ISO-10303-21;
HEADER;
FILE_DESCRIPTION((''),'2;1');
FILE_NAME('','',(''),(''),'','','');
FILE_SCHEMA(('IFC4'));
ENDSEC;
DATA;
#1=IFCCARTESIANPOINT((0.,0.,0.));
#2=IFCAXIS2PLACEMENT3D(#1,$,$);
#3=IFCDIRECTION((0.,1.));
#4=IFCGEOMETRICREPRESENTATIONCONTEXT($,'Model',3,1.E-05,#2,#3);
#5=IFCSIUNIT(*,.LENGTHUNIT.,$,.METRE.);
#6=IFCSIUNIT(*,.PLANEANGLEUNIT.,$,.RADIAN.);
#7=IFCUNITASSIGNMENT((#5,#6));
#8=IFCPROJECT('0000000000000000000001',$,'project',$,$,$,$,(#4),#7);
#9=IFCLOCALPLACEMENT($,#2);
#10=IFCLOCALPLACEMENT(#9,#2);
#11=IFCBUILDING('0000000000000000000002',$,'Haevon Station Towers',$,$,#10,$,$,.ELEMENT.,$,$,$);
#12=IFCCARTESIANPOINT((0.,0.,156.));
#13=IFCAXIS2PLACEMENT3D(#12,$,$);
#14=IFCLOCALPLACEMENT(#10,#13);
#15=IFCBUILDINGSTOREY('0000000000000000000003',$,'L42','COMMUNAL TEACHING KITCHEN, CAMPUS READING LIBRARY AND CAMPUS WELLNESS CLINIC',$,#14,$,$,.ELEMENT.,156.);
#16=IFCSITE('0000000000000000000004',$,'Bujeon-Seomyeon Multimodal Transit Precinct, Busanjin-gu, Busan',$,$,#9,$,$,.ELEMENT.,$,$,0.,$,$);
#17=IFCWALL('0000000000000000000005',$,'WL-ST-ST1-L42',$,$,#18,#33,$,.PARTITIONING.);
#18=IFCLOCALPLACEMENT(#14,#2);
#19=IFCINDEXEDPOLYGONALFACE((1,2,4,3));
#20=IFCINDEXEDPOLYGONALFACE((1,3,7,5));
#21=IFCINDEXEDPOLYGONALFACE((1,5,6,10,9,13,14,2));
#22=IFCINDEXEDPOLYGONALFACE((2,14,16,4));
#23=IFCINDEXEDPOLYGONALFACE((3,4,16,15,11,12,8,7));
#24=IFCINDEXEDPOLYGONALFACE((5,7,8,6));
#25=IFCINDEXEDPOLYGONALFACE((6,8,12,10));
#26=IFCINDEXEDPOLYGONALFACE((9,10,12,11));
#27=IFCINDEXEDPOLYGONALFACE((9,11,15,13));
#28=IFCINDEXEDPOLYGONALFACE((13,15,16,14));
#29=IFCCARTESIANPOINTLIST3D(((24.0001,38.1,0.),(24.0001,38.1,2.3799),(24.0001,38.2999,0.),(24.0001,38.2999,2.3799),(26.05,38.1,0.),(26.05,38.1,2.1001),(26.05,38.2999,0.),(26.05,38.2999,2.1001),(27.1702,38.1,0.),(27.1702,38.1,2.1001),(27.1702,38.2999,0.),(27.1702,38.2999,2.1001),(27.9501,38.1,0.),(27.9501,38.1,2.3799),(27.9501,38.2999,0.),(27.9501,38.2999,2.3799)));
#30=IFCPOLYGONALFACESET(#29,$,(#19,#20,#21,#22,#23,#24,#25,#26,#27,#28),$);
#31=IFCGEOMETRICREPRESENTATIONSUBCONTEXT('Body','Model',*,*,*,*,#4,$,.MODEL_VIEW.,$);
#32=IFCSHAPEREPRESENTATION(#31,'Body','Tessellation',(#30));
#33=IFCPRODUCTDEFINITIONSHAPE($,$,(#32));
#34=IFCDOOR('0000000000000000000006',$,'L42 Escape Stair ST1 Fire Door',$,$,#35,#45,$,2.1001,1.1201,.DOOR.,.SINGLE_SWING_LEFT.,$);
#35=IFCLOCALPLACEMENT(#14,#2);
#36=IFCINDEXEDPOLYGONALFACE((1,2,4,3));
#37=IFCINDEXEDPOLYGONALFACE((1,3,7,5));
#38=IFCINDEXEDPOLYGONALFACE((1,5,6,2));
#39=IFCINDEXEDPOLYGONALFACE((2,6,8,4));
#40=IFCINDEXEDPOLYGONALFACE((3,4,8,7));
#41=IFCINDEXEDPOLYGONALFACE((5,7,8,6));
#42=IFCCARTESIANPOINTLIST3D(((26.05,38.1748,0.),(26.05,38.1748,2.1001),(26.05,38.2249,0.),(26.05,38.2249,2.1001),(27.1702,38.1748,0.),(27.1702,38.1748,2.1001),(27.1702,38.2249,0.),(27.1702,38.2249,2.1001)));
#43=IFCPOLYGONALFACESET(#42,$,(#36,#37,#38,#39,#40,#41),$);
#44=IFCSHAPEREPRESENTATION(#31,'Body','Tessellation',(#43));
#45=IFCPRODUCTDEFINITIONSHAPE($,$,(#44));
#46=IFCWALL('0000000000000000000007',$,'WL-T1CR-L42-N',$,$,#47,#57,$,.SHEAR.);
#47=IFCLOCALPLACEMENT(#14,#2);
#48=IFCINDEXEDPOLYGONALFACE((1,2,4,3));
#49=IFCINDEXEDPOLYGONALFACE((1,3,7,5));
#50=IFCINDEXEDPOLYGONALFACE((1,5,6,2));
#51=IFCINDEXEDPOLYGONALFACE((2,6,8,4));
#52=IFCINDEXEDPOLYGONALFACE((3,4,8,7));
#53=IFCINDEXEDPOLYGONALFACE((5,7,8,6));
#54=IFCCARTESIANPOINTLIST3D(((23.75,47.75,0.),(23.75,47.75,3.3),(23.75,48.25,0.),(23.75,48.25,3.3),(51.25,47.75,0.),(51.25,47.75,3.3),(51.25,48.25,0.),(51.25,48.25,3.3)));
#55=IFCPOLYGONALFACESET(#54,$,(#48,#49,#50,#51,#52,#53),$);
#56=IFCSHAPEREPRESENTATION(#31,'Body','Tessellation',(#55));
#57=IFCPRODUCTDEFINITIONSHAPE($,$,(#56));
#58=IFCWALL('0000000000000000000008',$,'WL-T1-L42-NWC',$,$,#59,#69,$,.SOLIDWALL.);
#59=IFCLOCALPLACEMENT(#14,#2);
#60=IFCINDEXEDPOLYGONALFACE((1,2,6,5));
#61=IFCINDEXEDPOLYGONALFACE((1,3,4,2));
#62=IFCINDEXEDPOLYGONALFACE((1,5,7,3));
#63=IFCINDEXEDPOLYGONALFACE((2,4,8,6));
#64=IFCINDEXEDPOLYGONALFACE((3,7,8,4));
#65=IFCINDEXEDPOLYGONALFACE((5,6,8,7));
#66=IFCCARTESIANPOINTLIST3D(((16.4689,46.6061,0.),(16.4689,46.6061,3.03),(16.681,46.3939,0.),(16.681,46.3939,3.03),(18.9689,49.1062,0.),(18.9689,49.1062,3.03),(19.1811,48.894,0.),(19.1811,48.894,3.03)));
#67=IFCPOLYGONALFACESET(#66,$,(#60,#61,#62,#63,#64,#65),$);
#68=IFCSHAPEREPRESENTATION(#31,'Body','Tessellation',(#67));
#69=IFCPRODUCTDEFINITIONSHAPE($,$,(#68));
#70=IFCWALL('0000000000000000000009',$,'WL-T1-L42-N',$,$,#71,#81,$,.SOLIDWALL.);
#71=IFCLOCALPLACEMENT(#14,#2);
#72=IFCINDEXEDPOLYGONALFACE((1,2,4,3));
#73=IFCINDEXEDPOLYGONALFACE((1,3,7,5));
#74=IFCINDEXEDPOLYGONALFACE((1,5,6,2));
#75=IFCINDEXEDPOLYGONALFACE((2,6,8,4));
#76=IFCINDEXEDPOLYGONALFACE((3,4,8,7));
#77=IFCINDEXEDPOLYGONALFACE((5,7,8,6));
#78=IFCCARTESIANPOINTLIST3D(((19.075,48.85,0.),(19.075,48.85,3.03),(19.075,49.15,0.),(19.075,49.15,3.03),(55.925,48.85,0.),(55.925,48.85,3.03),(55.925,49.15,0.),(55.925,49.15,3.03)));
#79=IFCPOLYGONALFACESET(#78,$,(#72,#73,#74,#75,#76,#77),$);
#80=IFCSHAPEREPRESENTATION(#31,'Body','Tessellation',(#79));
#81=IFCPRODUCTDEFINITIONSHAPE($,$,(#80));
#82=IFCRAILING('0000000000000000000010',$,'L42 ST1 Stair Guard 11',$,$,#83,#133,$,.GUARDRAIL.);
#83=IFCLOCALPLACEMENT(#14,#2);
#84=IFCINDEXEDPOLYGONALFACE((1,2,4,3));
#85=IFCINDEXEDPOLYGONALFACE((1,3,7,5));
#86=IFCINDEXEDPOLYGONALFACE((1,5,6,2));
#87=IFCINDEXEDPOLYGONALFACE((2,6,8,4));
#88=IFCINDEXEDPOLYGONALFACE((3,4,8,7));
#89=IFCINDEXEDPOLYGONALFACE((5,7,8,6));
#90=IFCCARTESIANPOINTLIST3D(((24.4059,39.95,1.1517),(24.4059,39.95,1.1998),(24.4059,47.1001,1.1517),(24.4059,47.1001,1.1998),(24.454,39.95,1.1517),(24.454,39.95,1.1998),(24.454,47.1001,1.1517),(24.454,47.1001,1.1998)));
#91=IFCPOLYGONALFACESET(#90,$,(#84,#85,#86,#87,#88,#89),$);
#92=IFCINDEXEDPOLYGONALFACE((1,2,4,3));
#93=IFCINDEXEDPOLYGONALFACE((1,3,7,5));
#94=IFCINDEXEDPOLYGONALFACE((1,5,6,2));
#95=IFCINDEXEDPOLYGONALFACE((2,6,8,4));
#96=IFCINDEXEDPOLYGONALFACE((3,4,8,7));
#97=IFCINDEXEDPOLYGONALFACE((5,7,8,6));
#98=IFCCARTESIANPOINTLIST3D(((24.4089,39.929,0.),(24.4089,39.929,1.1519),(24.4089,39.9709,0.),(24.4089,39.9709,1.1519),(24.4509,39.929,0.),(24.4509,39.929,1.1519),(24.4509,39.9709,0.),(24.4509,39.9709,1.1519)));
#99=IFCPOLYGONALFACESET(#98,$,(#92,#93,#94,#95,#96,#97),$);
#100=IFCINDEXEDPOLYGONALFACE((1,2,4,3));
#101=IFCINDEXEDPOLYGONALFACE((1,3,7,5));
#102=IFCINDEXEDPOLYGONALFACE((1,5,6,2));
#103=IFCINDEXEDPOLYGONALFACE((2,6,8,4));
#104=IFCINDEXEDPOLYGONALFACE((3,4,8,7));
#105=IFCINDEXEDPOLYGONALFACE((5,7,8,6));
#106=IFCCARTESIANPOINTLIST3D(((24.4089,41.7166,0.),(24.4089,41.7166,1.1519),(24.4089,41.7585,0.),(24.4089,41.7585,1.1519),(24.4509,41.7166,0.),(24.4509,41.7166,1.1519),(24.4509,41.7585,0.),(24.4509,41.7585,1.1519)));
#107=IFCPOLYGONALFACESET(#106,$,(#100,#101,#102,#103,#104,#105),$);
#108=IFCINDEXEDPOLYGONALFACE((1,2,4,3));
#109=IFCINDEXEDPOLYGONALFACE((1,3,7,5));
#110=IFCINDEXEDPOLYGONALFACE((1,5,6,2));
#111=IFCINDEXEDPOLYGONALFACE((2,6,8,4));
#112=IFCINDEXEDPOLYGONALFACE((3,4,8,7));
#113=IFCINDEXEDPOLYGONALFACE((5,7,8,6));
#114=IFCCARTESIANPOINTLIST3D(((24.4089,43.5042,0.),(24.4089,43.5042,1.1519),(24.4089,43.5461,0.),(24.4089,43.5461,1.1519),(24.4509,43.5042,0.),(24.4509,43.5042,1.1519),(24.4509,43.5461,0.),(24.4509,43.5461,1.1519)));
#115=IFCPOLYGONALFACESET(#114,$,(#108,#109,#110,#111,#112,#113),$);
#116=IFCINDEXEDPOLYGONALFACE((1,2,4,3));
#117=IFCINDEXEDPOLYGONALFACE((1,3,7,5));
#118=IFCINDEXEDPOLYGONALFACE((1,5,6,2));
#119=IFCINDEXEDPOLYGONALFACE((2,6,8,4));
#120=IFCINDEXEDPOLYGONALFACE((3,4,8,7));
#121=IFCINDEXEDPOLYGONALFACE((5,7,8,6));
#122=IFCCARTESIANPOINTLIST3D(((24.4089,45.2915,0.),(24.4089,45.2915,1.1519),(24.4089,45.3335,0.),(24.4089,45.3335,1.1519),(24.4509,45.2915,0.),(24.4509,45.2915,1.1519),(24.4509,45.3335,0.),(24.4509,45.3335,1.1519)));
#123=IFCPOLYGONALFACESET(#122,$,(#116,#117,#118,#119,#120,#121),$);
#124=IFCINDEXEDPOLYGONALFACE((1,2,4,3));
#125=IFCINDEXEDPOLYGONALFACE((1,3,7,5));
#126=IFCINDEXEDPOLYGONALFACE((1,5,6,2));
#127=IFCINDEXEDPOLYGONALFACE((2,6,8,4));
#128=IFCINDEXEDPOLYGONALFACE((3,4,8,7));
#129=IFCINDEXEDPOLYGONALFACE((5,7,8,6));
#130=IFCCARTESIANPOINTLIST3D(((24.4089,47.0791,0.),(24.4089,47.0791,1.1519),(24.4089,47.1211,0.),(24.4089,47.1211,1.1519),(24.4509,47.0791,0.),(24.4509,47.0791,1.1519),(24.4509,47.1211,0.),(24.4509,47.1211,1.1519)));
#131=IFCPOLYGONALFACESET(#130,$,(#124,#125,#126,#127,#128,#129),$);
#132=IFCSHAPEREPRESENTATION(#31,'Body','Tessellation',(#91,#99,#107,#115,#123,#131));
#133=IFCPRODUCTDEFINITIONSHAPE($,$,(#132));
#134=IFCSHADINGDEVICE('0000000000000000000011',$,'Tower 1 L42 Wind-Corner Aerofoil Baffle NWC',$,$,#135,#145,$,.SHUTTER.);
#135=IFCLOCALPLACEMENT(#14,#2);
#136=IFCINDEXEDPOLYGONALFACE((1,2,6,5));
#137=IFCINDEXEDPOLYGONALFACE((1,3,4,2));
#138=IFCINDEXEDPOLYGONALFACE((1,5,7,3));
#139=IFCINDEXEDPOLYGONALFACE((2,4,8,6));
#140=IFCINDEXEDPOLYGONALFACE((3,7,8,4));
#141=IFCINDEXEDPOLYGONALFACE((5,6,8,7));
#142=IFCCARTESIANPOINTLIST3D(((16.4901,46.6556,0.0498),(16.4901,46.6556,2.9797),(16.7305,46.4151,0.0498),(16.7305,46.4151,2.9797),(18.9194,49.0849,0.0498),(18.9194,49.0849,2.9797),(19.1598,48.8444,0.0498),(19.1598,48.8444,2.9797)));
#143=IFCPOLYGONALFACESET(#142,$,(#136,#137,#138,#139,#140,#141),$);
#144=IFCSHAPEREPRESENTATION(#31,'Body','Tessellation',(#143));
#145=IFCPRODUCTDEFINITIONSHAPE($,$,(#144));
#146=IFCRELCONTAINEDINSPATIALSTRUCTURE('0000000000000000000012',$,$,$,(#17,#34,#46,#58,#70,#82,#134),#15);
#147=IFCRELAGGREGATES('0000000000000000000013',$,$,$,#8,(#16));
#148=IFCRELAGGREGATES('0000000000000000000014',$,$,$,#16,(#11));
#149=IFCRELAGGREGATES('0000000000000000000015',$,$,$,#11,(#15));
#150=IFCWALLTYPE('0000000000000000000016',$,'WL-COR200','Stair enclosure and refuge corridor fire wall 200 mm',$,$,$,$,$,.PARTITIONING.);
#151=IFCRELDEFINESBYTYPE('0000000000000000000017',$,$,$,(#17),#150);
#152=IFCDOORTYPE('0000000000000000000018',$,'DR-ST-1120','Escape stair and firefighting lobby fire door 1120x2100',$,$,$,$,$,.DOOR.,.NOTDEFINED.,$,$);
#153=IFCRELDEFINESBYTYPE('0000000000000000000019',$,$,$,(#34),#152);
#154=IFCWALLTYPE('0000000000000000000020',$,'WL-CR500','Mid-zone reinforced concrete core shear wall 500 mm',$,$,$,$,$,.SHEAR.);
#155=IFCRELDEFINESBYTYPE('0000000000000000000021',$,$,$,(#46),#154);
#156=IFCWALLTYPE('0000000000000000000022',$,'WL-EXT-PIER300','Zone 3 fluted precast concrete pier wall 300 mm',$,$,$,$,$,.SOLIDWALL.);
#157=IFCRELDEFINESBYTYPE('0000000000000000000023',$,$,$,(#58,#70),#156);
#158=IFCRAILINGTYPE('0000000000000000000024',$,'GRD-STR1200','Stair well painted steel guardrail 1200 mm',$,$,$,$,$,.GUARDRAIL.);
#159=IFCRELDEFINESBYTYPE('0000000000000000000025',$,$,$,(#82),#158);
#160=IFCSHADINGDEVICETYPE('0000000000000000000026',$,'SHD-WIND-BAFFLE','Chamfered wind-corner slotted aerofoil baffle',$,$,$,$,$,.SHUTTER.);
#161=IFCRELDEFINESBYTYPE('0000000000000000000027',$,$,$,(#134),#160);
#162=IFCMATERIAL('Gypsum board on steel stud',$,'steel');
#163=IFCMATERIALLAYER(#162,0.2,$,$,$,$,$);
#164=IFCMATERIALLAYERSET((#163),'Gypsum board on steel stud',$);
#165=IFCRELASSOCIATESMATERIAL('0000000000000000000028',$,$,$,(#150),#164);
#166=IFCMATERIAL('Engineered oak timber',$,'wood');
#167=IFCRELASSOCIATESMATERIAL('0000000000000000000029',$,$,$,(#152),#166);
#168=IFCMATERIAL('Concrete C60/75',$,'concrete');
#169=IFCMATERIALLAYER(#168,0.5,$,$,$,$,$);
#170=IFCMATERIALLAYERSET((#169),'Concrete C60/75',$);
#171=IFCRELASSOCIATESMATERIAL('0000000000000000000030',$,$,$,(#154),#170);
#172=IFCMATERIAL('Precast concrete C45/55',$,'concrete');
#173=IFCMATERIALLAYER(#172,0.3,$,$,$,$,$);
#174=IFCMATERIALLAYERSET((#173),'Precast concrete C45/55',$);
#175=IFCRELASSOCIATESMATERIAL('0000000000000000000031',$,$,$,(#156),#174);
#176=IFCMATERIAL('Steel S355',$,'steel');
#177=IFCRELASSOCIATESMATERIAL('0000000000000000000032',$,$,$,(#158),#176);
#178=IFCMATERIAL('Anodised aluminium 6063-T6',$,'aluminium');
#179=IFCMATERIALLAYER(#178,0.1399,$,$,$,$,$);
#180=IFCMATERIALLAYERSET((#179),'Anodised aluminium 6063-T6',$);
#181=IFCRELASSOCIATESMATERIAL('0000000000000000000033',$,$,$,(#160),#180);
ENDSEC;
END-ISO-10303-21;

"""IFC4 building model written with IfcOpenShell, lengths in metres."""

from ifc_helpers import new_model, si_unit, direction, frame, frame_2d, origin, origin_2d, place, context, subcontext, project, spatial, rectangle, extrude, material, layer, layer_set, type_object, element, fill, save


model = new_model("IFC4")

# Units and contexts
model_context = context("Model", 3, precision=1e-05, world=origin(), true_north=direction((0.0, 1.0)))
body_context = subcontext(model_context, "Body", "Model", "MODEL_VIEW")
ifc_project = project(units=[si_unit("LENGTHUNIT", "METRE"), si_unit("PLANEANGLEUNIT", "RADIAN")], contexts=[model_context])

# Site, building, storey
site_placement = place(None, origin())
site = spatial("IfcSite", under=ifc_project, at=site_placement, Name="Bujeon-Seomyeon Multimodal Transit Precinct, Busanjin-gu, Busan", CompositionType="ELEMENT", RefElevation=0.0)
building_placement = place(site_placement, origin())
building = spatial("IfcBuilding", under=site, at=building_placement, Name="Haevon Station Towers", CompositionType="ELEMENT")
storey_placement = place(building_placement, frame((0.0, 0.0, 156.0)))
storey = spatial("IfcBuildingStorey", under=building, at=storey_placement, Name="L42", Description="COMMUNAL TEACHING KITCHEN, CAMPUS READING LIBRARY AND CAMPUS WELLNESS CLINIC", CompositionType="ELEMENT", Elevation=156.0)

# Shared definitions
ifc_material_1 = material(Name="Steel S355", Category="steel")

# Wall, opening, door
ifc_material_2 = material(Name="Gypsum board on steel stud", Category="steel")
ifc_layer_1 = layer(ifc_material_2, 0.2)
ifc_layer_set_1 = layer_set([ifc_layer_1], Name="Gypsum board on steel stud")
wall_type_1 = type_object("IfcWallType", Name="WL-COR200", Description="Stair enclosure and refuge corridor fire wall 200 mm", PredefinedType="PARTITIONING", material=ifc_layer_set_1)
wall_1_placement = place(storey_placement, frame((24.0, 38.2, 0.0), z_axis=(0.0, 0.0, 1.0), x_axis=(1.0, 0.0, 0.0)))
wall_1 = element("IfcWall", 1, at=wall_1_placement, inside=storey, type_object=wall_type_1, Name="WL-ST-ST1-L42", PredefinedType="PARTITIONING", context=body_context, shape_type="SweptSolid", body=[
    extrude(rectangle(XDim=3.95, YDim=0.2, at=frame_2d((1.9751, 0.0))), origin(), (0.0, 0.0, 1.0), 2.3799),
])
opening_placement = place(wall_1_placement, frame((2.05, 0.0, 0.0)))
opening = element("IfcOpeningElement", 2, at=opening_placement, cuts=wall_1, PredefinedType="OPENING", context=body_context, shape_type="SweptSolid", body=[
    extrude(rectangle(XDim=1.1201, YDim=2.1001, at=frame_2d((0.5601, 1.05))), frame((0.0, 0.1099, 0.0), z_axis=(0.0, -1.0, 0.0), x_axis=(1.0, 0.0, 0.0)), (0.0, 0.0, 1.0), 0.22),
])
ifc_material_3 = material(Name="Engineered oak timber", Category="wood")
door_type = type_object("IfcDoorType", Name="DR-ST-1120", Description="Escape stair and firefighting lobby fire door 1120x2100", OperationType="NOTDEFINED", PredefinedType="DOOR", material=ifc_material_3)
door_placement = place(opening_placement, origin())
door = element("IfcDoor", 3, at=door_placement, inside=storey, type_object=door_type, Name="L42 Escape Stair ST1 Fire Door", OperationType="SINGLE_SWING_LEFT", OverallHeight=2.1001, OverallWidth=1.1201, PredefinedType="DOOR", context=body_context, shape_type="SweptSolid", body=[
    extrude(rectangle(XDim=1.1201, YDim=2.1001, at=frame_2d((0.5601, 1.05))), frame((0.0, 0.0249, 0.0), z_axis=(0.0, -1.0, 0.0), x_axis=(1.0, 0.0, 0.0)), (0.0, 0.0, 1.0), 0.05),
])
fill(opening, door)

# Walls
ifc_material_4 = material(Name="Concrete C60/75", Category="concrete")
ifc_layer_2 = layer(ifc_material_4, 0.5)
ifc_layer_set_2 = layer_set([ifc_layer_2], Name="Concrete C60/75")
wall_type_2 = type_object("IfcWallType", Name="WL-CR500", Description="Mid-zone reinforced concrete core shear wall 500 mm", PredefinedType="SHEAR", material=ifc_layer_set_2)
wall_2_placement = place(storey_placement, frame((23.75, 48.0, 0.0), z_axis=(0.0, 0.0, 1.0), x_axis=(1.0, 0.0, 0.0)))
element("IfcWall", 4, at=wall_2_placement, inside=storey, type_object=wall_type_2, Name="WL-T1CR-L42-N", PredefinedType="SHEAR", context=body_context, shape_type="SweptSolid", body=[
    extrude(rectangle(XDim=27.5, YDim=0.5, at=frame_2d((13.75, 0.0))), origin(), (0.0, 0.0, 1.0), 3.3),
])
ifc_material_5 = material(Name="Precast concrete C45/55", Category="concrete")
ifc_layer_3 = layer(ifc_material_5, 0.3)
ifc_layer_set_3 = layer_set([ifc_layer_3], Name="Precast concrete C45/55")
wall_type_3 = type_object("IfcWallType", Name="WL-EXT-PIER300", Description="Zone 3 fluted precast concrete pier wall 300 mm", PredefinedType="SOLIDWALL", material=ifc_layer_set_3)
wall_3_placement = place(storey_placement, frame((16.575, 46.5, 0.0), z_axis=(0.0, 0.0, 1.0), x_axis=(0.707107, 0.707107, 0.0)))
element("IfcWall", 5, at=wall_3_placement, inside=storey, type_object=wall_type_3, Name="WL-T1-L42-NWC", PredefinedType="SOLIDWALL", context=body_context, shape_type="SweptSolid", body=[
    extrude(rectangle(XDim=3.5356, YDim=0.3, at=frame_2d((1.7678, 0.0))), origin(), (0.0, 0.0, 1.0), 3.03),
])
wall_4_placement = place(storey_placement, frame((19.075, 49.0, 0.0), z_axis=(0.0, 0.0, 1.0), x_axis=(1.0, 0.0, 0.0)))
element("IfcWall", 6, at=wall_4_placement, inside=storey, type_object=wall_type_3, Name="WL-T1-L42-N", PredefinedType="SOLIDWALL", context=body_context, shape_type="SweptSolid", body=[
    extrude(rectangle(XDim=36.8501, YDim=0.3, at=frame_2d((18.425, 0.0))), origin(), (0.0, 0.0, 1.0), 3.03),
])

# Railing
railing_type = type_object("IfcRailingType", Name="GRD-STR1200", Description="Stair well painted steel guardrail 1200 mm", PredefinedType="GUARDRAIL", material=ifc_material_1)
railing_placement = place(storey_placement, frame((24.4299, 39.95, 0.0)))
element("IfcRailing", 7, at=railing_placement, inside=storey, type_object=railing_type, Name="L42 ST1 Stair Guard 11", PredefinedType="GUARDRAIL", context=body_context, shape_type="SweptSolid", body=[
    extrude(rectangle(XDim=0.0481, YDim=0.0481, at=origin_2d()), frame((0.0, 0.0, 1.1758), z_axis=(0.0, 1.0, 0.0), x_axis=(-1.0, 0.0, 0.0)), (0.0, 0.0, 1.0), 7.1501),
    extrude(rectangle(XDim=0.042, YDim=0.042, at=origin_2d()), origin(), (0.0, 0.0, 1.0), 1.1519),
    extrude(rectangle(XDim=0.042, YDim=0.042, at=origin_2d()), frame((0.0, 1.7876, 0.0)), (0.0, 0.0, 1.0), 1.1519),
    extrude(rectangle(XDim=0.042, YDim=0.042, at=origin_2d()), frame((0.0, 3.5752, 0.0)), (0.0, 0.0, 1.0), 1.1519),
    extrude(rectangle(XDim=0.042, YDim=0.042, at=origin_2d()), frame((0.0, 5.3625, 0.0)), (0.0, 0.0, 1.0), 1.1519),
    extrude(rectangle(XDim=0.042, YDim=0.042, at=origin_2d()), frame((0.0, 7.1501, 0.0)), (0.0, 0.0, 1.0), 1.1519),
])

# Shading device
ifc_material_6 = material(Name="Anodised aluminium 6063-T6", Category="aluminium")
ifc_layer_4 = layer(ifc_material_6, 0.1399)
ifc_layer_set_4 = layer_set([ifc_layer_4], Name="Anodised aluminium 6063-T6")
shading_device_type = type_object("IfcShadingDeviceType", Name="SHD-WIND-BAFFLE", Description="Chamfered wind-corner slotted aerofoil baffle", PredefinedType="SHUTTER", material=ifc_layer_set_4)
shading_device_placement = place(storey_placement, frame((17.825, 47.75, 0.0498), z_axis=(0.0, 0.0, 1.0), x_axis=(0.707107, 0.707107, 0.0)))
element("IfcShadingDevice", 8, at=shading_device_placement, inside=storey, type_object=shading_device_type, Name="Tower 1 L42 Wind-Corner Aerofoil Baffle NWC", PredefinedType="SHUTTER", context=body_context, shape_type="SweptSolid", body=[
    extrude(rectangle(XDim=3.4355, YDim=0.3401, at=origin_2d()), origin(), (0.0, 0.0, 1.0), 2.9299),
])

save(model, "model.ifc")
